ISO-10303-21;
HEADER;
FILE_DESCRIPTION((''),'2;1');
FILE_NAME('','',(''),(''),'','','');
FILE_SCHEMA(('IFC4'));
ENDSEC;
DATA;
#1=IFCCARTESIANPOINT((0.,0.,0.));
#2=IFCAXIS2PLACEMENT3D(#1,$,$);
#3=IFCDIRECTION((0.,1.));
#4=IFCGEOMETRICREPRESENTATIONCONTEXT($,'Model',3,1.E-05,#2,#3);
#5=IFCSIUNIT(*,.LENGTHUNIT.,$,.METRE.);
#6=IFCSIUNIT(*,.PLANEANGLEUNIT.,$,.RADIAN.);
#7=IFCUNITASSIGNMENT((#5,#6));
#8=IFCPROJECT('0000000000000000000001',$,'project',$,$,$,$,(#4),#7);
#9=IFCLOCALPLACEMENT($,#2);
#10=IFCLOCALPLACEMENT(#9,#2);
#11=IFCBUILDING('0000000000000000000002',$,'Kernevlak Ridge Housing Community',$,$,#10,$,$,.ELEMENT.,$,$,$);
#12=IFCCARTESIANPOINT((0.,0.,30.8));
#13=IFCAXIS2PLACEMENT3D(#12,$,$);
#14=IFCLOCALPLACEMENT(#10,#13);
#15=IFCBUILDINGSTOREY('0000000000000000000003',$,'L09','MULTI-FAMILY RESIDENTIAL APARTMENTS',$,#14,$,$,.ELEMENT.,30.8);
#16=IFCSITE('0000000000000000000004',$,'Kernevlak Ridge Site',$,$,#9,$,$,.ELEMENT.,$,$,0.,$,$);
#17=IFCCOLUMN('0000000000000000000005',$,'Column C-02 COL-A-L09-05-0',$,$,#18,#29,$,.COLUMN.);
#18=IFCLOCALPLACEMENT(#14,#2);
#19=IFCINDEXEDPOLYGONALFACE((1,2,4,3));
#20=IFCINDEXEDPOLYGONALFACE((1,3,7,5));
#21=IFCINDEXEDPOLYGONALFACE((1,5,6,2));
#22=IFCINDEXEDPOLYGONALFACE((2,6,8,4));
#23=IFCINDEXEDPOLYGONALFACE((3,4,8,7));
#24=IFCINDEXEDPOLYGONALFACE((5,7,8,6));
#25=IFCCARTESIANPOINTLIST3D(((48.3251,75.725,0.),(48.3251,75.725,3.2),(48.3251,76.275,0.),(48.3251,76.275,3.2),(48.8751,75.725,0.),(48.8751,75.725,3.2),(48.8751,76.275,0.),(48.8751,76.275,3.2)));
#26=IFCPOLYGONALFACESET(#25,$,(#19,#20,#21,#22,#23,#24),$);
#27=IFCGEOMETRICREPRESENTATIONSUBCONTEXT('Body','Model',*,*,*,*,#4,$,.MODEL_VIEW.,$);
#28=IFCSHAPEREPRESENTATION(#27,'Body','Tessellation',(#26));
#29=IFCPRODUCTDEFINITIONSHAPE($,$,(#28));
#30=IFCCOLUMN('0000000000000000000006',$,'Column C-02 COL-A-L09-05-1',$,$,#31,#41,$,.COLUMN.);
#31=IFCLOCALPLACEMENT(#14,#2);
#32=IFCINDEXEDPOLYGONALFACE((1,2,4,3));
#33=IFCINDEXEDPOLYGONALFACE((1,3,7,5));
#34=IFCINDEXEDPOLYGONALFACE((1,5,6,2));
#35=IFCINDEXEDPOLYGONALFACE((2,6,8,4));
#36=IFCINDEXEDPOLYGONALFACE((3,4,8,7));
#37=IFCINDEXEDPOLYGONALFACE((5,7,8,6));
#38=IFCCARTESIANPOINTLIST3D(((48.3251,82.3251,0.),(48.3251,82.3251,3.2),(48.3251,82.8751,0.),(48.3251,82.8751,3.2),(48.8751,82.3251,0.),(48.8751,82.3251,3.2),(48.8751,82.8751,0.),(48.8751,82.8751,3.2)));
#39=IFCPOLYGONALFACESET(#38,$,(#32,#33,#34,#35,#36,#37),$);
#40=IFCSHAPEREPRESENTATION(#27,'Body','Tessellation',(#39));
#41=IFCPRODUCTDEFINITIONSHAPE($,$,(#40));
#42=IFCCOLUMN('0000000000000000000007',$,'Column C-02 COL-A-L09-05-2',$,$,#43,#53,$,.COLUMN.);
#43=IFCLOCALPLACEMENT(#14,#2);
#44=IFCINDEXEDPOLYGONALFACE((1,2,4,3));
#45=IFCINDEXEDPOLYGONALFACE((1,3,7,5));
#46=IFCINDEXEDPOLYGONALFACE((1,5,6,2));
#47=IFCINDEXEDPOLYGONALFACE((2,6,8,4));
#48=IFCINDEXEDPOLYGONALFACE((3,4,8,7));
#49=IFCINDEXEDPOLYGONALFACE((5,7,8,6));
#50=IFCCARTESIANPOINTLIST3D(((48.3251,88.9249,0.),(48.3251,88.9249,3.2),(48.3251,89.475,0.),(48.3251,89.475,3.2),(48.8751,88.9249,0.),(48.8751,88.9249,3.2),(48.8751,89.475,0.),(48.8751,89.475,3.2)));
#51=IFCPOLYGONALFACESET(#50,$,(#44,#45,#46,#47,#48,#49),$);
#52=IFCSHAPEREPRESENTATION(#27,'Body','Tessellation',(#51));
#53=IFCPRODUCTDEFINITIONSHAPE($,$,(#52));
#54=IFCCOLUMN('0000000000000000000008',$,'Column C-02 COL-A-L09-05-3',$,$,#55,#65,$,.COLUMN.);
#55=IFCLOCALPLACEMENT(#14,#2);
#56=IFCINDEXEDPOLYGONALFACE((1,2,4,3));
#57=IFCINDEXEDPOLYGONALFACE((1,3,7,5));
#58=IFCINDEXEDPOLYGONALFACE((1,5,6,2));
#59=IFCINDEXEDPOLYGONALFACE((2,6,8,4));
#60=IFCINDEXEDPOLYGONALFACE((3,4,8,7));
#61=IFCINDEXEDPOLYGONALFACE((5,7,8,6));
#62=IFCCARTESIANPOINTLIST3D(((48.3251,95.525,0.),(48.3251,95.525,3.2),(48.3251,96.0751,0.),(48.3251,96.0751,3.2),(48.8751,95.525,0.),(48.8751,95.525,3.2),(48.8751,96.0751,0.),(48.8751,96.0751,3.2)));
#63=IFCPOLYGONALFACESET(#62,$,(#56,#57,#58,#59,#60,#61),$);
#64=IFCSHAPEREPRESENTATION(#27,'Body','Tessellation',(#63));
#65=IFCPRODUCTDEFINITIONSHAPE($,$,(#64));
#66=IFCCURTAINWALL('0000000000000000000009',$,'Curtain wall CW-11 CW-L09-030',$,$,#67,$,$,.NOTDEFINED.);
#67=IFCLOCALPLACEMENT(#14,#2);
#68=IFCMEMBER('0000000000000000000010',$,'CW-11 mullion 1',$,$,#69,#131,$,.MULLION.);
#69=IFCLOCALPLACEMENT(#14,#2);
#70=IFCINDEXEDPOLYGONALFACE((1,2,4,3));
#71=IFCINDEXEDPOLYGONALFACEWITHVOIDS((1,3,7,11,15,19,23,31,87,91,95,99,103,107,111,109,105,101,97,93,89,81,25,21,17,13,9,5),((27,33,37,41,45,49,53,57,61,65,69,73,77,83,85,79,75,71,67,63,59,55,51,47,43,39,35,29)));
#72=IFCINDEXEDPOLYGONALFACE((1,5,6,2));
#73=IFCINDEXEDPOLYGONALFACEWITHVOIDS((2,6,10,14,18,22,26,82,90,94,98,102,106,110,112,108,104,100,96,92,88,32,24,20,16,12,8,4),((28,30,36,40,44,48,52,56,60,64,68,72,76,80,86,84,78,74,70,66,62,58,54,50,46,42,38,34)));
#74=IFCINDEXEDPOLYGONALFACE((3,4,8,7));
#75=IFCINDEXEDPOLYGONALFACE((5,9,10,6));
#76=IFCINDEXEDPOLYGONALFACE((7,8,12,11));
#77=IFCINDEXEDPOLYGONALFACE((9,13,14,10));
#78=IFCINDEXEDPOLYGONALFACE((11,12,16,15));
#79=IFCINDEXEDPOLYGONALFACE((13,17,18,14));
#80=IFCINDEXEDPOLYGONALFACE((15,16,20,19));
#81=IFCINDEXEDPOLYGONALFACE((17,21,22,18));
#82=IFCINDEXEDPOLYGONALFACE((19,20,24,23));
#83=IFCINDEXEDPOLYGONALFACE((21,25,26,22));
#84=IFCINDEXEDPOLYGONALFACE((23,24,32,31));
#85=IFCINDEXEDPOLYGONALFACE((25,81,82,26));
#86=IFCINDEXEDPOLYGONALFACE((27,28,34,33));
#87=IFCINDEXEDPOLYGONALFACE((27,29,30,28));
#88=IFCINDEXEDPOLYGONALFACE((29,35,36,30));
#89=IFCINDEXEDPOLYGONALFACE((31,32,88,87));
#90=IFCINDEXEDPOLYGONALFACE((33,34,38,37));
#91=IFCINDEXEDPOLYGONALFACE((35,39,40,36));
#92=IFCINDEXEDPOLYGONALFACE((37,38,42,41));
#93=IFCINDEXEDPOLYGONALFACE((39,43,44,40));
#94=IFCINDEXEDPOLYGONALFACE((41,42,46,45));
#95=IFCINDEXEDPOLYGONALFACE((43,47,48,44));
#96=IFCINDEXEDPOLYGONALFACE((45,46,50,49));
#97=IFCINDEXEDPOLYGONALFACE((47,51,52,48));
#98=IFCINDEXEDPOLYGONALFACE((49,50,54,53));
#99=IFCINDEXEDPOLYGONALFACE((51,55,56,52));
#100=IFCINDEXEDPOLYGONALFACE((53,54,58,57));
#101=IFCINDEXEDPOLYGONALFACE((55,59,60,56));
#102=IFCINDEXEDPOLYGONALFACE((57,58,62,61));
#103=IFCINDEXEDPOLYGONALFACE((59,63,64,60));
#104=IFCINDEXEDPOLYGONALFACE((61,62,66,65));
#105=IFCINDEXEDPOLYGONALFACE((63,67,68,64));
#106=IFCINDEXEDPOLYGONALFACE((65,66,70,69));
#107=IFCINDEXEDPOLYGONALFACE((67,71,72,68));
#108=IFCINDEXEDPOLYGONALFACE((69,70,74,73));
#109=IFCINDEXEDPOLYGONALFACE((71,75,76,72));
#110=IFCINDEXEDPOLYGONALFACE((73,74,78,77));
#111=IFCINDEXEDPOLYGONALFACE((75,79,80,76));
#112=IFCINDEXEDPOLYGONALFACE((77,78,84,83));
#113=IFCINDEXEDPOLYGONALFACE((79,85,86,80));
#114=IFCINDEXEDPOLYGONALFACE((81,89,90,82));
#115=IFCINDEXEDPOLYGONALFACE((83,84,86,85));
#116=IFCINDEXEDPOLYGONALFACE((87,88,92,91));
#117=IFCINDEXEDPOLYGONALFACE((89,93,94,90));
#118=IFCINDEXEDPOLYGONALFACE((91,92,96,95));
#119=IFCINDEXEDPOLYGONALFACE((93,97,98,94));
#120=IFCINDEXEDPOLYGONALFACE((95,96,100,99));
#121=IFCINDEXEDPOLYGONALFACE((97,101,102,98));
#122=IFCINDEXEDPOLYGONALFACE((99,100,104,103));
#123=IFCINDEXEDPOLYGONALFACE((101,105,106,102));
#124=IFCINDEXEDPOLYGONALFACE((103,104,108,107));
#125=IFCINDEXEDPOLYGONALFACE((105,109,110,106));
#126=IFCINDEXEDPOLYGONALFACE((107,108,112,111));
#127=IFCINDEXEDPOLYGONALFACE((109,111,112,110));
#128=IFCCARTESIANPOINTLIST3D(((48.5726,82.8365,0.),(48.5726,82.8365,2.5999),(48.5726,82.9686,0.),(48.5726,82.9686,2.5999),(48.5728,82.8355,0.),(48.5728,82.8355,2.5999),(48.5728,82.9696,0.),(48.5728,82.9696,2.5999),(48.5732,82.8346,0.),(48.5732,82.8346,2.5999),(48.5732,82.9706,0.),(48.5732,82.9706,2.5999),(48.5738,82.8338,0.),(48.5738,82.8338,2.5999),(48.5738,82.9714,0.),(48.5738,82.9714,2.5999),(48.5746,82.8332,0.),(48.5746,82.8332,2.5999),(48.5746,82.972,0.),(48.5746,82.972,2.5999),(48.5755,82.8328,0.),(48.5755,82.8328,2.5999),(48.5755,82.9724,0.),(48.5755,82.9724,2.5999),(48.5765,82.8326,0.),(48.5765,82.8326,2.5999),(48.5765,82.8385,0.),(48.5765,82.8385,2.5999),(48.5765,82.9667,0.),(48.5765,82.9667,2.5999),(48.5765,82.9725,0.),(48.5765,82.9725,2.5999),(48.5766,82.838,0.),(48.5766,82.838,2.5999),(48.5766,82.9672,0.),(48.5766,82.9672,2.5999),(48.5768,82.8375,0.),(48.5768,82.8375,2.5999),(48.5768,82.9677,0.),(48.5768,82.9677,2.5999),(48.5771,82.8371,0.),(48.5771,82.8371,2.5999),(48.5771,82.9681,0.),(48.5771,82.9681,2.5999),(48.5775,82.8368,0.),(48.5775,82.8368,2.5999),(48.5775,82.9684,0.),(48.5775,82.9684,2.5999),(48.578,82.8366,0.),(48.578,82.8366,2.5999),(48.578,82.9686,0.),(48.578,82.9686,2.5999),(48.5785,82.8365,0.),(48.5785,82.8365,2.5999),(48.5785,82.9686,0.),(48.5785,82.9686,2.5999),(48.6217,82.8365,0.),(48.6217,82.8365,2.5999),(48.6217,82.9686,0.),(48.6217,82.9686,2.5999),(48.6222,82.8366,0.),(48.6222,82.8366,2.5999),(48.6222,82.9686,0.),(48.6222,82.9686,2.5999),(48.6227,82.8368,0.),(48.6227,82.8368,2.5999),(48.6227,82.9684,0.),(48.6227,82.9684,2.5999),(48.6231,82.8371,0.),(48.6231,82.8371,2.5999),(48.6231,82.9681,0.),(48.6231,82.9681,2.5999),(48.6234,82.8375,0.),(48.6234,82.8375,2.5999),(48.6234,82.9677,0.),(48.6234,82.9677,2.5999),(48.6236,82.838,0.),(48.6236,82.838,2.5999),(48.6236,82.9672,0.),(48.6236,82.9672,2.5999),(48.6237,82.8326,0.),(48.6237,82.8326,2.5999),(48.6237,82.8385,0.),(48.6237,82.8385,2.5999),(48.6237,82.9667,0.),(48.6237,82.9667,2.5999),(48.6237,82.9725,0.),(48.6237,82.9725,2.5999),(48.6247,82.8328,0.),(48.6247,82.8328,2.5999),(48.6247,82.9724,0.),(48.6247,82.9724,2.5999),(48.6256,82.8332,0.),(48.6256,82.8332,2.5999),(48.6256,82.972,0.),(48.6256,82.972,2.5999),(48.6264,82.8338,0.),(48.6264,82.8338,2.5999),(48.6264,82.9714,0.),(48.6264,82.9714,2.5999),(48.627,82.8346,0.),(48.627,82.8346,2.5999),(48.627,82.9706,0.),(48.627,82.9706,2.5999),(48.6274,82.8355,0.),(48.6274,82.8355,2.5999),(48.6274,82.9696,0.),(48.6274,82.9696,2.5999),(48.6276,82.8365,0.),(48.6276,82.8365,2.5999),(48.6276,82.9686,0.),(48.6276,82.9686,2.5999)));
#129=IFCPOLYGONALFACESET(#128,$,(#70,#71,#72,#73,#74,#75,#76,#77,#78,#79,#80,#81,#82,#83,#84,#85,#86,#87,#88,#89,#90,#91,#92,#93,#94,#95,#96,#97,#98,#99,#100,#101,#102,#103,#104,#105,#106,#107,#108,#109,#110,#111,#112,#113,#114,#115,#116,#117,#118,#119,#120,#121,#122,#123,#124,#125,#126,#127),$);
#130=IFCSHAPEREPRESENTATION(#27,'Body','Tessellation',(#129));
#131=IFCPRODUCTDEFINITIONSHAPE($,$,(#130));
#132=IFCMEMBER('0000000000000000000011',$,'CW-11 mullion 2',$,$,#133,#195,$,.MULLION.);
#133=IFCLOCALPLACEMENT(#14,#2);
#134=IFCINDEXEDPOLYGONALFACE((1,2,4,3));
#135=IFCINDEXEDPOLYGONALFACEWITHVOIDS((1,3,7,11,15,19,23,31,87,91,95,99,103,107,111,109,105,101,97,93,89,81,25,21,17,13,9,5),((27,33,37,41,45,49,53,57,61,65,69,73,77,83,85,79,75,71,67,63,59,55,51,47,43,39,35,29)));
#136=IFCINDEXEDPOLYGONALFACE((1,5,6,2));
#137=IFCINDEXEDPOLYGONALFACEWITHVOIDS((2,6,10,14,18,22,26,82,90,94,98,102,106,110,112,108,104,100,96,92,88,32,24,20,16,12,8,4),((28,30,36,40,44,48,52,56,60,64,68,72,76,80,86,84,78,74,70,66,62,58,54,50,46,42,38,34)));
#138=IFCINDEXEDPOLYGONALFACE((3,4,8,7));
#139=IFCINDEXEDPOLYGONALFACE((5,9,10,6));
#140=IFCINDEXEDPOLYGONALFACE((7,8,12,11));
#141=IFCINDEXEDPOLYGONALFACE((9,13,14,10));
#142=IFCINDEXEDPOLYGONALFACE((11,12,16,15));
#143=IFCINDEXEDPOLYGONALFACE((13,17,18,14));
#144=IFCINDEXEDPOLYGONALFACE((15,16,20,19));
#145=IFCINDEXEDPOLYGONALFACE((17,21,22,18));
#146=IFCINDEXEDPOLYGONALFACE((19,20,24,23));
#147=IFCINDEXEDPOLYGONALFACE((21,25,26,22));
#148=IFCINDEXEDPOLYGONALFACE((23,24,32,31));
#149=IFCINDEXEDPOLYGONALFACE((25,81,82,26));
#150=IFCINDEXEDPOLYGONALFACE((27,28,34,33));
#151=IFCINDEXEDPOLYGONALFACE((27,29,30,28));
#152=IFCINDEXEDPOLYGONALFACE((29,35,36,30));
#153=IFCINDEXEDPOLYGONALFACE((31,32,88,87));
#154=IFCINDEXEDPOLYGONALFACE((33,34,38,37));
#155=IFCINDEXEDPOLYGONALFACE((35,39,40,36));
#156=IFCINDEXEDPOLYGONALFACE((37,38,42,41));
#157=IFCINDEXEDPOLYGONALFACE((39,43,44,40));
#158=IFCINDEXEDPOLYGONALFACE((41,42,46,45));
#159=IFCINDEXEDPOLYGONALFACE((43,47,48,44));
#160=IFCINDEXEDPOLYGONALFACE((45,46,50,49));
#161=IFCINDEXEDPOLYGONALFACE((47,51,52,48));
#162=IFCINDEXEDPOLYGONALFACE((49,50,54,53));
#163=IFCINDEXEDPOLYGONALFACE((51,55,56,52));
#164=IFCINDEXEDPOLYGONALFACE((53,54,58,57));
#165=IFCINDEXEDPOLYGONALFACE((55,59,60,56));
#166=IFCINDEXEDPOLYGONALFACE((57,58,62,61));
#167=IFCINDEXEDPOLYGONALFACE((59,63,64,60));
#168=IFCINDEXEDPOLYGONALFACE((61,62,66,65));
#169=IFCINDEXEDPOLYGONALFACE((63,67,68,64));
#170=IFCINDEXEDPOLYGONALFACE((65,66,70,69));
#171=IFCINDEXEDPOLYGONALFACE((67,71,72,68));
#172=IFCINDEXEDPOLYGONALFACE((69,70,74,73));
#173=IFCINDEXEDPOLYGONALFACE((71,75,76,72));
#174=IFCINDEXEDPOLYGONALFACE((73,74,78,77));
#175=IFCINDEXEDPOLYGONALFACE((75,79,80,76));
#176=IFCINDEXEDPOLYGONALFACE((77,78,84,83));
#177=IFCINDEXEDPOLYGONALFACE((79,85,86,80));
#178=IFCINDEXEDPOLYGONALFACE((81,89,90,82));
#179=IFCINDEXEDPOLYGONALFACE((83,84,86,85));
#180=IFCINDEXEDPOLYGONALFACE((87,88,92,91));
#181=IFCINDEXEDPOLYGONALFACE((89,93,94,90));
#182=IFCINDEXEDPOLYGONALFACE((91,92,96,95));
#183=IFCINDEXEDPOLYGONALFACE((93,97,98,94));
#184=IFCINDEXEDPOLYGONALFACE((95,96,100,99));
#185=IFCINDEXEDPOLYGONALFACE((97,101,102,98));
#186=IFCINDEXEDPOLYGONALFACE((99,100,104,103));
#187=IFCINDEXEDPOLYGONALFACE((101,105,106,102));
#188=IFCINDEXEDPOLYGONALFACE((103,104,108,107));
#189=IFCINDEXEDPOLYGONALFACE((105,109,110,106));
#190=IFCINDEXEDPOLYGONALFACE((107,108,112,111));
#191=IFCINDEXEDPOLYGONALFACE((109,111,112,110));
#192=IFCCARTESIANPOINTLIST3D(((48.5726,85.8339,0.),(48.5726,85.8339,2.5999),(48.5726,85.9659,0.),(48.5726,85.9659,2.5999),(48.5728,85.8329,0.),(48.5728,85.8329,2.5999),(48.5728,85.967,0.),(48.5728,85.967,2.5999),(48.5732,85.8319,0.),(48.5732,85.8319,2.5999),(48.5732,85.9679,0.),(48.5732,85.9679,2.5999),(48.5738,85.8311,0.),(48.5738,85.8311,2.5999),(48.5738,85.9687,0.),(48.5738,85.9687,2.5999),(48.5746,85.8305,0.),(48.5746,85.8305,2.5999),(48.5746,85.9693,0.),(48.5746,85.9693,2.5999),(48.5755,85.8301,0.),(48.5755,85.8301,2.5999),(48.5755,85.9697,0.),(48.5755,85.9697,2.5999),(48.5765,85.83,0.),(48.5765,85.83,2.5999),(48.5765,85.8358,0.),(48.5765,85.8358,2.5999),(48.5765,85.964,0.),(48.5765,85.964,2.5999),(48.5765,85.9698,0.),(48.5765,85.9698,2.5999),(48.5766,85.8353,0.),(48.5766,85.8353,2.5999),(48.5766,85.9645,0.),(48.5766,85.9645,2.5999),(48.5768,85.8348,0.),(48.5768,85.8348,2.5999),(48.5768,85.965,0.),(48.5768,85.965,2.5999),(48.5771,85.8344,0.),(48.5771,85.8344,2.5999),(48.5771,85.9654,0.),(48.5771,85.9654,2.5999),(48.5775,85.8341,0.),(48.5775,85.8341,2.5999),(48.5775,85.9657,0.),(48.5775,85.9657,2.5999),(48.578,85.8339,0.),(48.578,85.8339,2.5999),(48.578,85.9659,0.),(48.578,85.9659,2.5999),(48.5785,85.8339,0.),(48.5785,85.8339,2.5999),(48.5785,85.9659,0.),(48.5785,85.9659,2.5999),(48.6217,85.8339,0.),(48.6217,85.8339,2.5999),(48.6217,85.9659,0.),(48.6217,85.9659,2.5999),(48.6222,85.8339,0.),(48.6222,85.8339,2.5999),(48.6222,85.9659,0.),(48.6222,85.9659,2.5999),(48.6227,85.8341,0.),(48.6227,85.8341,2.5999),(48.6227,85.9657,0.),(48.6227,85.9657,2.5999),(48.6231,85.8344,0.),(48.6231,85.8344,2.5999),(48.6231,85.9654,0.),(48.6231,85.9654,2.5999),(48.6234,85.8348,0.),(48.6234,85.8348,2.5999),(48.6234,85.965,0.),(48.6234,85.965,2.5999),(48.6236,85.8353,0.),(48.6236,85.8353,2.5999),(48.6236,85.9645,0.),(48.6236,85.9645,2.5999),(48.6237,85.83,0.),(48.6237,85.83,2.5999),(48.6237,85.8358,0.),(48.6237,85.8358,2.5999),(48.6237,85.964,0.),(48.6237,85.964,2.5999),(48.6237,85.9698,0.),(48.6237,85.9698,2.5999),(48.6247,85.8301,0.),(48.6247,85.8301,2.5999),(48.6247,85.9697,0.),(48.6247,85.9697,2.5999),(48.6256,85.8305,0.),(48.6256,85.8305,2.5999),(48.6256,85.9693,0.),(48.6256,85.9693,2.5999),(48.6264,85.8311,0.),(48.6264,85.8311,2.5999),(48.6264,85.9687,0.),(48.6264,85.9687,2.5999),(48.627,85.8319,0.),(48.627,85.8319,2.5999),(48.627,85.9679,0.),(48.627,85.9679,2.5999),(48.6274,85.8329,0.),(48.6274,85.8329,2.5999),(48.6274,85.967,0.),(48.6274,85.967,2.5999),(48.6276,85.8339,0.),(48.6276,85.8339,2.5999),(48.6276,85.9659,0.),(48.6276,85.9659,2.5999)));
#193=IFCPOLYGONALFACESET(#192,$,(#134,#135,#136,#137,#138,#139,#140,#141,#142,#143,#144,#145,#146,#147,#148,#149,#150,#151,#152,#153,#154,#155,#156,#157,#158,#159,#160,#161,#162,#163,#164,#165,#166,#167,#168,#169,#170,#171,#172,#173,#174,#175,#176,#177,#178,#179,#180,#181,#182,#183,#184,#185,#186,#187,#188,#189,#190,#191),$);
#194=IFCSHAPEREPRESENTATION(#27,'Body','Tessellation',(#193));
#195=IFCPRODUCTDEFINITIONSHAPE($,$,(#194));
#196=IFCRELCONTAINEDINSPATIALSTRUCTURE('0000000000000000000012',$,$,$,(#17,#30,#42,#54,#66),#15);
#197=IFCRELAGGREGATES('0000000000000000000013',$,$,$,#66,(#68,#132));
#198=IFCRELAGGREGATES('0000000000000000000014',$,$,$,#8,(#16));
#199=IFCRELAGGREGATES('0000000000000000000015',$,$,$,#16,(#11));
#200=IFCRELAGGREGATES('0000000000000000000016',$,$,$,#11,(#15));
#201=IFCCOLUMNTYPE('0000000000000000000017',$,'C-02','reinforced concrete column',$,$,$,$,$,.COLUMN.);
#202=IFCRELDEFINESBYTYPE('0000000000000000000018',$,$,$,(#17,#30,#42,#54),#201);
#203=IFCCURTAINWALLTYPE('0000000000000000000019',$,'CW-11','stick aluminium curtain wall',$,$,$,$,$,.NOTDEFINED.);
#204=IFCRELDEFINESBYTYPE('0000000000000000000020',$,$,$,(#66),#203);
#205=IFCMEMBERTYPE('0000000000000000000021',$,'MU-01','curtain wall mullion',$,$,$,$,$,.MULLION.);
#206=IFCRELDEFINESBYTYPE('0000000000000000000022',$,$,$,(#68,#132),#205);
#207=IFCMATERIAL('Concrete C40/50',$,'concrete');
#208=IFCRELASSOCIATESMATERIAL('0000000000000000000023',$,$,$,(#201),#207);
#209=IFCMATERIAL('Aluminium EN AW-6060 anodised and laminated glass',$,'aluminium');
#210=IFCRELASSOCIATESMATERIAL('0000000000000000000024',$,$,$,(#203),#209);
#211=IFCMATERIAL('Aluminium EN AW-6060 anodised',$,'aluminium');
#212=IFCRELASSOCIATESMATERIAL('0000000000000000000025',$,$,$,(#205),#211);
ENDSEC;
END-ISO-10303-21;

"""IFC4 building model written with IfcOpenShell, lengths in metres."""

from ifc_helpers import new_model, si_unit, direction, frame, origin, origin_2d, place, context, subcontext, project, spatial, rectangle, hollow_rectangle, extrude, material, material_profile, profile_set, type_object, element, aggregate, save


model = new_model("IFC4")

# Units and contexts
model_context = context("Model", 3, precision=1e-05, world=origin(), true_north=direction((0.0, 1.0)))
body_context = subcontext(model_context, "Body", "Model", "MODEL_VIEW")
ifc_project = project(units=[si_unit("LENGTHUNIT", "METRE"), si_unit("PLANEANGLEUNIT", "RADIAN")], contexts=[model_context])

# Site, building, storey
site_placement = place(None, origin())
site = spatial("IfcSite", under=ifc_project, at=site_placement, Name="Kernevlak Ridge Site", CompositionType="ELEMENT", RefElevation=0.0)
building_placement = place(site_placement, origin())
building = spatial("IfcBuilding", under=site, at=building_placement, Name="Kernevlak Ridge Housing Community", CompositionType="ELEMENT")
storey_placement = place(building_placement, frame((0.0, 0.0, 30.8)))
storey = spatial("IfcBuildingStorey", under=building, at=storey_placement, Name="L09", Description="MULTI-FAMILY RESIDENTIAL APARTMENTS", CompositionType="ELEMENT", Elevation=30.8)

# Columns
ifc_material_1 = material(Name="Concrete C40/50", Category="concrete")
ifc_material_profile_1 = material_profile(ifc_material_1, rectangle(XDim=0.55, YDim=0.55, at=origin_2d()), Name="RC 550x550")
ifc_profile_set_1 = profile_set([ifc_material_profile_1], Name="Concrete C40/50")
column_type = type_object("IfcColumnType", Name="C-02", Description="reinforced concrete column", PredefinedType="COLUMN", material=ifc_profile_set_1)
for number, where, z_axis, x_axis, name in (
    (1, (48.6001, 76.0, 0.0), (0.0, 0.0, 1.0), (1.0, 0.0, 0.0), "Column C-02 COL-A-L09-05-0"),
    (2, (48.6001, 82.6001, 0.0), (0.0, 0.0, 1.0), (1.0, 0.0, 0.0), "Column C-02 COL-A-L09-05-1"),
    (3, (48.6001, 89.2, 0.0), (0.0, 0.0, 1.0), (1.0, 0.0, 0.0), "Column C-02 COL-A-L09-05-2"),
    (4, (48.6001, 95.8, 0.0), (0.0, 0.0, 1.0), (1.0, 0.0, 0.0), "Column C-02 COL-A-L09-05-3"),
):
    element("IfcColumn", number, at=place(storey_placement, frame(where, z_axis=z_axis, x_axis=x_axis)), inside=storey, type_object=column_type, Name=name, PredefinedType="COLUMN", context=body_context, shape_type="SweptSolid", body=[
        extrude(rectangle(XDim=0.55, YDim=0.55, at=origin_2d()), origin(), (0.0, 0.0, 1.0), 3.2),
    ])

# Curtain wall, members
ifc_material_2 = material(Name="Aluminium EN AW-6060 anodised and laminated glass", Category="aluminium")
curtain_wall_type = type_object("IfcCurtainWallType", Name="CW-11", Description="stick aluminium curtain wall", PredefinedType="NOTDEFINED", material=ifc_material_2)
curtain_wall_placement = place(storey_placement, origin())
curtain_wall = element("IfcCurtainWall", 5, at=curtain_wall_placement, inside=storey, type_object=curtain_wall_type, Name="Curtain wall CW-11 CW-L09-030", PredefinedType="NOTDEFINED")
ifc_material_3 = material(Name="Aluminium EN AW-6060 anodised", Category="aluminium")
ifc_material_profile_2 = material_profile(ifc_material_3, hollow_rectangle(XDim=0.0549, YDim=0.1399, WallThickness=0.0039, InnerFilletRadius=0.002, OuterFilletRadius=0.0039, at=origin_2d()), Name="ALU 55x140x4")
ifc_profile_set_2 = profile_set([ifc_material_profile_2], Name="Aluminium EN AW-6060 anodised")
member_type_1 = type_object("IfcMemberType", Name="MU-01", Description="curtain wall mullion", PredefinedType="MULLION", material=ifc_profile_set_2)
member_1_placement = place(storey_placement, frame((48.6001, 82.9026, 0.0), z_axis=(0.0, 0.0, 1.0), x_axis=(-1.0, 0.0, 0.0)))
member_1 = element("IfcMember", 6, at=member_1_placement, type_object=member_type_1, Name="CW-11 mullion 1", PredefinedType="MULLION", context=body_context, shape_type="SweptSolid", body=[
    extrude(hollow_rectangle(XDim=0.0549, YDim=0.1399, WallThickness=0.0039, InnerFilletRadius=0.002, OuterFilletRadius=0.0039, at=origin_2d()), origin(), (0.0, 0.0, 1.0), 2.5999),
])
member_2_placement = place(storey_placement, frame((48.6001, 85.8999, 0.0), z_axis=(0.0, 0.0, 1.0), x_axis=(-1.0, 0.0, 0.0)))
member_2 = element("IfcMember", 7, at=member_2_placement, type_object=member_type_1, Name="CW-11 mullion 2", PredefinedType="MULLION", context=body_context, shape_type="SweptSolid", body=[
    extrude(hollow_rectangle(XDim=0.0549, YDim=0.1399, WallThickness=0.0039, InnerFilletRadius=0.002, OuterFilletRadius=0.0039, at=origin_2d()), origin(), (0.0, 0.0, 1.0), 2.5999),
])

aggregate(curtain_wall, [member_1, member_2])

save(model, "model.ifc")
